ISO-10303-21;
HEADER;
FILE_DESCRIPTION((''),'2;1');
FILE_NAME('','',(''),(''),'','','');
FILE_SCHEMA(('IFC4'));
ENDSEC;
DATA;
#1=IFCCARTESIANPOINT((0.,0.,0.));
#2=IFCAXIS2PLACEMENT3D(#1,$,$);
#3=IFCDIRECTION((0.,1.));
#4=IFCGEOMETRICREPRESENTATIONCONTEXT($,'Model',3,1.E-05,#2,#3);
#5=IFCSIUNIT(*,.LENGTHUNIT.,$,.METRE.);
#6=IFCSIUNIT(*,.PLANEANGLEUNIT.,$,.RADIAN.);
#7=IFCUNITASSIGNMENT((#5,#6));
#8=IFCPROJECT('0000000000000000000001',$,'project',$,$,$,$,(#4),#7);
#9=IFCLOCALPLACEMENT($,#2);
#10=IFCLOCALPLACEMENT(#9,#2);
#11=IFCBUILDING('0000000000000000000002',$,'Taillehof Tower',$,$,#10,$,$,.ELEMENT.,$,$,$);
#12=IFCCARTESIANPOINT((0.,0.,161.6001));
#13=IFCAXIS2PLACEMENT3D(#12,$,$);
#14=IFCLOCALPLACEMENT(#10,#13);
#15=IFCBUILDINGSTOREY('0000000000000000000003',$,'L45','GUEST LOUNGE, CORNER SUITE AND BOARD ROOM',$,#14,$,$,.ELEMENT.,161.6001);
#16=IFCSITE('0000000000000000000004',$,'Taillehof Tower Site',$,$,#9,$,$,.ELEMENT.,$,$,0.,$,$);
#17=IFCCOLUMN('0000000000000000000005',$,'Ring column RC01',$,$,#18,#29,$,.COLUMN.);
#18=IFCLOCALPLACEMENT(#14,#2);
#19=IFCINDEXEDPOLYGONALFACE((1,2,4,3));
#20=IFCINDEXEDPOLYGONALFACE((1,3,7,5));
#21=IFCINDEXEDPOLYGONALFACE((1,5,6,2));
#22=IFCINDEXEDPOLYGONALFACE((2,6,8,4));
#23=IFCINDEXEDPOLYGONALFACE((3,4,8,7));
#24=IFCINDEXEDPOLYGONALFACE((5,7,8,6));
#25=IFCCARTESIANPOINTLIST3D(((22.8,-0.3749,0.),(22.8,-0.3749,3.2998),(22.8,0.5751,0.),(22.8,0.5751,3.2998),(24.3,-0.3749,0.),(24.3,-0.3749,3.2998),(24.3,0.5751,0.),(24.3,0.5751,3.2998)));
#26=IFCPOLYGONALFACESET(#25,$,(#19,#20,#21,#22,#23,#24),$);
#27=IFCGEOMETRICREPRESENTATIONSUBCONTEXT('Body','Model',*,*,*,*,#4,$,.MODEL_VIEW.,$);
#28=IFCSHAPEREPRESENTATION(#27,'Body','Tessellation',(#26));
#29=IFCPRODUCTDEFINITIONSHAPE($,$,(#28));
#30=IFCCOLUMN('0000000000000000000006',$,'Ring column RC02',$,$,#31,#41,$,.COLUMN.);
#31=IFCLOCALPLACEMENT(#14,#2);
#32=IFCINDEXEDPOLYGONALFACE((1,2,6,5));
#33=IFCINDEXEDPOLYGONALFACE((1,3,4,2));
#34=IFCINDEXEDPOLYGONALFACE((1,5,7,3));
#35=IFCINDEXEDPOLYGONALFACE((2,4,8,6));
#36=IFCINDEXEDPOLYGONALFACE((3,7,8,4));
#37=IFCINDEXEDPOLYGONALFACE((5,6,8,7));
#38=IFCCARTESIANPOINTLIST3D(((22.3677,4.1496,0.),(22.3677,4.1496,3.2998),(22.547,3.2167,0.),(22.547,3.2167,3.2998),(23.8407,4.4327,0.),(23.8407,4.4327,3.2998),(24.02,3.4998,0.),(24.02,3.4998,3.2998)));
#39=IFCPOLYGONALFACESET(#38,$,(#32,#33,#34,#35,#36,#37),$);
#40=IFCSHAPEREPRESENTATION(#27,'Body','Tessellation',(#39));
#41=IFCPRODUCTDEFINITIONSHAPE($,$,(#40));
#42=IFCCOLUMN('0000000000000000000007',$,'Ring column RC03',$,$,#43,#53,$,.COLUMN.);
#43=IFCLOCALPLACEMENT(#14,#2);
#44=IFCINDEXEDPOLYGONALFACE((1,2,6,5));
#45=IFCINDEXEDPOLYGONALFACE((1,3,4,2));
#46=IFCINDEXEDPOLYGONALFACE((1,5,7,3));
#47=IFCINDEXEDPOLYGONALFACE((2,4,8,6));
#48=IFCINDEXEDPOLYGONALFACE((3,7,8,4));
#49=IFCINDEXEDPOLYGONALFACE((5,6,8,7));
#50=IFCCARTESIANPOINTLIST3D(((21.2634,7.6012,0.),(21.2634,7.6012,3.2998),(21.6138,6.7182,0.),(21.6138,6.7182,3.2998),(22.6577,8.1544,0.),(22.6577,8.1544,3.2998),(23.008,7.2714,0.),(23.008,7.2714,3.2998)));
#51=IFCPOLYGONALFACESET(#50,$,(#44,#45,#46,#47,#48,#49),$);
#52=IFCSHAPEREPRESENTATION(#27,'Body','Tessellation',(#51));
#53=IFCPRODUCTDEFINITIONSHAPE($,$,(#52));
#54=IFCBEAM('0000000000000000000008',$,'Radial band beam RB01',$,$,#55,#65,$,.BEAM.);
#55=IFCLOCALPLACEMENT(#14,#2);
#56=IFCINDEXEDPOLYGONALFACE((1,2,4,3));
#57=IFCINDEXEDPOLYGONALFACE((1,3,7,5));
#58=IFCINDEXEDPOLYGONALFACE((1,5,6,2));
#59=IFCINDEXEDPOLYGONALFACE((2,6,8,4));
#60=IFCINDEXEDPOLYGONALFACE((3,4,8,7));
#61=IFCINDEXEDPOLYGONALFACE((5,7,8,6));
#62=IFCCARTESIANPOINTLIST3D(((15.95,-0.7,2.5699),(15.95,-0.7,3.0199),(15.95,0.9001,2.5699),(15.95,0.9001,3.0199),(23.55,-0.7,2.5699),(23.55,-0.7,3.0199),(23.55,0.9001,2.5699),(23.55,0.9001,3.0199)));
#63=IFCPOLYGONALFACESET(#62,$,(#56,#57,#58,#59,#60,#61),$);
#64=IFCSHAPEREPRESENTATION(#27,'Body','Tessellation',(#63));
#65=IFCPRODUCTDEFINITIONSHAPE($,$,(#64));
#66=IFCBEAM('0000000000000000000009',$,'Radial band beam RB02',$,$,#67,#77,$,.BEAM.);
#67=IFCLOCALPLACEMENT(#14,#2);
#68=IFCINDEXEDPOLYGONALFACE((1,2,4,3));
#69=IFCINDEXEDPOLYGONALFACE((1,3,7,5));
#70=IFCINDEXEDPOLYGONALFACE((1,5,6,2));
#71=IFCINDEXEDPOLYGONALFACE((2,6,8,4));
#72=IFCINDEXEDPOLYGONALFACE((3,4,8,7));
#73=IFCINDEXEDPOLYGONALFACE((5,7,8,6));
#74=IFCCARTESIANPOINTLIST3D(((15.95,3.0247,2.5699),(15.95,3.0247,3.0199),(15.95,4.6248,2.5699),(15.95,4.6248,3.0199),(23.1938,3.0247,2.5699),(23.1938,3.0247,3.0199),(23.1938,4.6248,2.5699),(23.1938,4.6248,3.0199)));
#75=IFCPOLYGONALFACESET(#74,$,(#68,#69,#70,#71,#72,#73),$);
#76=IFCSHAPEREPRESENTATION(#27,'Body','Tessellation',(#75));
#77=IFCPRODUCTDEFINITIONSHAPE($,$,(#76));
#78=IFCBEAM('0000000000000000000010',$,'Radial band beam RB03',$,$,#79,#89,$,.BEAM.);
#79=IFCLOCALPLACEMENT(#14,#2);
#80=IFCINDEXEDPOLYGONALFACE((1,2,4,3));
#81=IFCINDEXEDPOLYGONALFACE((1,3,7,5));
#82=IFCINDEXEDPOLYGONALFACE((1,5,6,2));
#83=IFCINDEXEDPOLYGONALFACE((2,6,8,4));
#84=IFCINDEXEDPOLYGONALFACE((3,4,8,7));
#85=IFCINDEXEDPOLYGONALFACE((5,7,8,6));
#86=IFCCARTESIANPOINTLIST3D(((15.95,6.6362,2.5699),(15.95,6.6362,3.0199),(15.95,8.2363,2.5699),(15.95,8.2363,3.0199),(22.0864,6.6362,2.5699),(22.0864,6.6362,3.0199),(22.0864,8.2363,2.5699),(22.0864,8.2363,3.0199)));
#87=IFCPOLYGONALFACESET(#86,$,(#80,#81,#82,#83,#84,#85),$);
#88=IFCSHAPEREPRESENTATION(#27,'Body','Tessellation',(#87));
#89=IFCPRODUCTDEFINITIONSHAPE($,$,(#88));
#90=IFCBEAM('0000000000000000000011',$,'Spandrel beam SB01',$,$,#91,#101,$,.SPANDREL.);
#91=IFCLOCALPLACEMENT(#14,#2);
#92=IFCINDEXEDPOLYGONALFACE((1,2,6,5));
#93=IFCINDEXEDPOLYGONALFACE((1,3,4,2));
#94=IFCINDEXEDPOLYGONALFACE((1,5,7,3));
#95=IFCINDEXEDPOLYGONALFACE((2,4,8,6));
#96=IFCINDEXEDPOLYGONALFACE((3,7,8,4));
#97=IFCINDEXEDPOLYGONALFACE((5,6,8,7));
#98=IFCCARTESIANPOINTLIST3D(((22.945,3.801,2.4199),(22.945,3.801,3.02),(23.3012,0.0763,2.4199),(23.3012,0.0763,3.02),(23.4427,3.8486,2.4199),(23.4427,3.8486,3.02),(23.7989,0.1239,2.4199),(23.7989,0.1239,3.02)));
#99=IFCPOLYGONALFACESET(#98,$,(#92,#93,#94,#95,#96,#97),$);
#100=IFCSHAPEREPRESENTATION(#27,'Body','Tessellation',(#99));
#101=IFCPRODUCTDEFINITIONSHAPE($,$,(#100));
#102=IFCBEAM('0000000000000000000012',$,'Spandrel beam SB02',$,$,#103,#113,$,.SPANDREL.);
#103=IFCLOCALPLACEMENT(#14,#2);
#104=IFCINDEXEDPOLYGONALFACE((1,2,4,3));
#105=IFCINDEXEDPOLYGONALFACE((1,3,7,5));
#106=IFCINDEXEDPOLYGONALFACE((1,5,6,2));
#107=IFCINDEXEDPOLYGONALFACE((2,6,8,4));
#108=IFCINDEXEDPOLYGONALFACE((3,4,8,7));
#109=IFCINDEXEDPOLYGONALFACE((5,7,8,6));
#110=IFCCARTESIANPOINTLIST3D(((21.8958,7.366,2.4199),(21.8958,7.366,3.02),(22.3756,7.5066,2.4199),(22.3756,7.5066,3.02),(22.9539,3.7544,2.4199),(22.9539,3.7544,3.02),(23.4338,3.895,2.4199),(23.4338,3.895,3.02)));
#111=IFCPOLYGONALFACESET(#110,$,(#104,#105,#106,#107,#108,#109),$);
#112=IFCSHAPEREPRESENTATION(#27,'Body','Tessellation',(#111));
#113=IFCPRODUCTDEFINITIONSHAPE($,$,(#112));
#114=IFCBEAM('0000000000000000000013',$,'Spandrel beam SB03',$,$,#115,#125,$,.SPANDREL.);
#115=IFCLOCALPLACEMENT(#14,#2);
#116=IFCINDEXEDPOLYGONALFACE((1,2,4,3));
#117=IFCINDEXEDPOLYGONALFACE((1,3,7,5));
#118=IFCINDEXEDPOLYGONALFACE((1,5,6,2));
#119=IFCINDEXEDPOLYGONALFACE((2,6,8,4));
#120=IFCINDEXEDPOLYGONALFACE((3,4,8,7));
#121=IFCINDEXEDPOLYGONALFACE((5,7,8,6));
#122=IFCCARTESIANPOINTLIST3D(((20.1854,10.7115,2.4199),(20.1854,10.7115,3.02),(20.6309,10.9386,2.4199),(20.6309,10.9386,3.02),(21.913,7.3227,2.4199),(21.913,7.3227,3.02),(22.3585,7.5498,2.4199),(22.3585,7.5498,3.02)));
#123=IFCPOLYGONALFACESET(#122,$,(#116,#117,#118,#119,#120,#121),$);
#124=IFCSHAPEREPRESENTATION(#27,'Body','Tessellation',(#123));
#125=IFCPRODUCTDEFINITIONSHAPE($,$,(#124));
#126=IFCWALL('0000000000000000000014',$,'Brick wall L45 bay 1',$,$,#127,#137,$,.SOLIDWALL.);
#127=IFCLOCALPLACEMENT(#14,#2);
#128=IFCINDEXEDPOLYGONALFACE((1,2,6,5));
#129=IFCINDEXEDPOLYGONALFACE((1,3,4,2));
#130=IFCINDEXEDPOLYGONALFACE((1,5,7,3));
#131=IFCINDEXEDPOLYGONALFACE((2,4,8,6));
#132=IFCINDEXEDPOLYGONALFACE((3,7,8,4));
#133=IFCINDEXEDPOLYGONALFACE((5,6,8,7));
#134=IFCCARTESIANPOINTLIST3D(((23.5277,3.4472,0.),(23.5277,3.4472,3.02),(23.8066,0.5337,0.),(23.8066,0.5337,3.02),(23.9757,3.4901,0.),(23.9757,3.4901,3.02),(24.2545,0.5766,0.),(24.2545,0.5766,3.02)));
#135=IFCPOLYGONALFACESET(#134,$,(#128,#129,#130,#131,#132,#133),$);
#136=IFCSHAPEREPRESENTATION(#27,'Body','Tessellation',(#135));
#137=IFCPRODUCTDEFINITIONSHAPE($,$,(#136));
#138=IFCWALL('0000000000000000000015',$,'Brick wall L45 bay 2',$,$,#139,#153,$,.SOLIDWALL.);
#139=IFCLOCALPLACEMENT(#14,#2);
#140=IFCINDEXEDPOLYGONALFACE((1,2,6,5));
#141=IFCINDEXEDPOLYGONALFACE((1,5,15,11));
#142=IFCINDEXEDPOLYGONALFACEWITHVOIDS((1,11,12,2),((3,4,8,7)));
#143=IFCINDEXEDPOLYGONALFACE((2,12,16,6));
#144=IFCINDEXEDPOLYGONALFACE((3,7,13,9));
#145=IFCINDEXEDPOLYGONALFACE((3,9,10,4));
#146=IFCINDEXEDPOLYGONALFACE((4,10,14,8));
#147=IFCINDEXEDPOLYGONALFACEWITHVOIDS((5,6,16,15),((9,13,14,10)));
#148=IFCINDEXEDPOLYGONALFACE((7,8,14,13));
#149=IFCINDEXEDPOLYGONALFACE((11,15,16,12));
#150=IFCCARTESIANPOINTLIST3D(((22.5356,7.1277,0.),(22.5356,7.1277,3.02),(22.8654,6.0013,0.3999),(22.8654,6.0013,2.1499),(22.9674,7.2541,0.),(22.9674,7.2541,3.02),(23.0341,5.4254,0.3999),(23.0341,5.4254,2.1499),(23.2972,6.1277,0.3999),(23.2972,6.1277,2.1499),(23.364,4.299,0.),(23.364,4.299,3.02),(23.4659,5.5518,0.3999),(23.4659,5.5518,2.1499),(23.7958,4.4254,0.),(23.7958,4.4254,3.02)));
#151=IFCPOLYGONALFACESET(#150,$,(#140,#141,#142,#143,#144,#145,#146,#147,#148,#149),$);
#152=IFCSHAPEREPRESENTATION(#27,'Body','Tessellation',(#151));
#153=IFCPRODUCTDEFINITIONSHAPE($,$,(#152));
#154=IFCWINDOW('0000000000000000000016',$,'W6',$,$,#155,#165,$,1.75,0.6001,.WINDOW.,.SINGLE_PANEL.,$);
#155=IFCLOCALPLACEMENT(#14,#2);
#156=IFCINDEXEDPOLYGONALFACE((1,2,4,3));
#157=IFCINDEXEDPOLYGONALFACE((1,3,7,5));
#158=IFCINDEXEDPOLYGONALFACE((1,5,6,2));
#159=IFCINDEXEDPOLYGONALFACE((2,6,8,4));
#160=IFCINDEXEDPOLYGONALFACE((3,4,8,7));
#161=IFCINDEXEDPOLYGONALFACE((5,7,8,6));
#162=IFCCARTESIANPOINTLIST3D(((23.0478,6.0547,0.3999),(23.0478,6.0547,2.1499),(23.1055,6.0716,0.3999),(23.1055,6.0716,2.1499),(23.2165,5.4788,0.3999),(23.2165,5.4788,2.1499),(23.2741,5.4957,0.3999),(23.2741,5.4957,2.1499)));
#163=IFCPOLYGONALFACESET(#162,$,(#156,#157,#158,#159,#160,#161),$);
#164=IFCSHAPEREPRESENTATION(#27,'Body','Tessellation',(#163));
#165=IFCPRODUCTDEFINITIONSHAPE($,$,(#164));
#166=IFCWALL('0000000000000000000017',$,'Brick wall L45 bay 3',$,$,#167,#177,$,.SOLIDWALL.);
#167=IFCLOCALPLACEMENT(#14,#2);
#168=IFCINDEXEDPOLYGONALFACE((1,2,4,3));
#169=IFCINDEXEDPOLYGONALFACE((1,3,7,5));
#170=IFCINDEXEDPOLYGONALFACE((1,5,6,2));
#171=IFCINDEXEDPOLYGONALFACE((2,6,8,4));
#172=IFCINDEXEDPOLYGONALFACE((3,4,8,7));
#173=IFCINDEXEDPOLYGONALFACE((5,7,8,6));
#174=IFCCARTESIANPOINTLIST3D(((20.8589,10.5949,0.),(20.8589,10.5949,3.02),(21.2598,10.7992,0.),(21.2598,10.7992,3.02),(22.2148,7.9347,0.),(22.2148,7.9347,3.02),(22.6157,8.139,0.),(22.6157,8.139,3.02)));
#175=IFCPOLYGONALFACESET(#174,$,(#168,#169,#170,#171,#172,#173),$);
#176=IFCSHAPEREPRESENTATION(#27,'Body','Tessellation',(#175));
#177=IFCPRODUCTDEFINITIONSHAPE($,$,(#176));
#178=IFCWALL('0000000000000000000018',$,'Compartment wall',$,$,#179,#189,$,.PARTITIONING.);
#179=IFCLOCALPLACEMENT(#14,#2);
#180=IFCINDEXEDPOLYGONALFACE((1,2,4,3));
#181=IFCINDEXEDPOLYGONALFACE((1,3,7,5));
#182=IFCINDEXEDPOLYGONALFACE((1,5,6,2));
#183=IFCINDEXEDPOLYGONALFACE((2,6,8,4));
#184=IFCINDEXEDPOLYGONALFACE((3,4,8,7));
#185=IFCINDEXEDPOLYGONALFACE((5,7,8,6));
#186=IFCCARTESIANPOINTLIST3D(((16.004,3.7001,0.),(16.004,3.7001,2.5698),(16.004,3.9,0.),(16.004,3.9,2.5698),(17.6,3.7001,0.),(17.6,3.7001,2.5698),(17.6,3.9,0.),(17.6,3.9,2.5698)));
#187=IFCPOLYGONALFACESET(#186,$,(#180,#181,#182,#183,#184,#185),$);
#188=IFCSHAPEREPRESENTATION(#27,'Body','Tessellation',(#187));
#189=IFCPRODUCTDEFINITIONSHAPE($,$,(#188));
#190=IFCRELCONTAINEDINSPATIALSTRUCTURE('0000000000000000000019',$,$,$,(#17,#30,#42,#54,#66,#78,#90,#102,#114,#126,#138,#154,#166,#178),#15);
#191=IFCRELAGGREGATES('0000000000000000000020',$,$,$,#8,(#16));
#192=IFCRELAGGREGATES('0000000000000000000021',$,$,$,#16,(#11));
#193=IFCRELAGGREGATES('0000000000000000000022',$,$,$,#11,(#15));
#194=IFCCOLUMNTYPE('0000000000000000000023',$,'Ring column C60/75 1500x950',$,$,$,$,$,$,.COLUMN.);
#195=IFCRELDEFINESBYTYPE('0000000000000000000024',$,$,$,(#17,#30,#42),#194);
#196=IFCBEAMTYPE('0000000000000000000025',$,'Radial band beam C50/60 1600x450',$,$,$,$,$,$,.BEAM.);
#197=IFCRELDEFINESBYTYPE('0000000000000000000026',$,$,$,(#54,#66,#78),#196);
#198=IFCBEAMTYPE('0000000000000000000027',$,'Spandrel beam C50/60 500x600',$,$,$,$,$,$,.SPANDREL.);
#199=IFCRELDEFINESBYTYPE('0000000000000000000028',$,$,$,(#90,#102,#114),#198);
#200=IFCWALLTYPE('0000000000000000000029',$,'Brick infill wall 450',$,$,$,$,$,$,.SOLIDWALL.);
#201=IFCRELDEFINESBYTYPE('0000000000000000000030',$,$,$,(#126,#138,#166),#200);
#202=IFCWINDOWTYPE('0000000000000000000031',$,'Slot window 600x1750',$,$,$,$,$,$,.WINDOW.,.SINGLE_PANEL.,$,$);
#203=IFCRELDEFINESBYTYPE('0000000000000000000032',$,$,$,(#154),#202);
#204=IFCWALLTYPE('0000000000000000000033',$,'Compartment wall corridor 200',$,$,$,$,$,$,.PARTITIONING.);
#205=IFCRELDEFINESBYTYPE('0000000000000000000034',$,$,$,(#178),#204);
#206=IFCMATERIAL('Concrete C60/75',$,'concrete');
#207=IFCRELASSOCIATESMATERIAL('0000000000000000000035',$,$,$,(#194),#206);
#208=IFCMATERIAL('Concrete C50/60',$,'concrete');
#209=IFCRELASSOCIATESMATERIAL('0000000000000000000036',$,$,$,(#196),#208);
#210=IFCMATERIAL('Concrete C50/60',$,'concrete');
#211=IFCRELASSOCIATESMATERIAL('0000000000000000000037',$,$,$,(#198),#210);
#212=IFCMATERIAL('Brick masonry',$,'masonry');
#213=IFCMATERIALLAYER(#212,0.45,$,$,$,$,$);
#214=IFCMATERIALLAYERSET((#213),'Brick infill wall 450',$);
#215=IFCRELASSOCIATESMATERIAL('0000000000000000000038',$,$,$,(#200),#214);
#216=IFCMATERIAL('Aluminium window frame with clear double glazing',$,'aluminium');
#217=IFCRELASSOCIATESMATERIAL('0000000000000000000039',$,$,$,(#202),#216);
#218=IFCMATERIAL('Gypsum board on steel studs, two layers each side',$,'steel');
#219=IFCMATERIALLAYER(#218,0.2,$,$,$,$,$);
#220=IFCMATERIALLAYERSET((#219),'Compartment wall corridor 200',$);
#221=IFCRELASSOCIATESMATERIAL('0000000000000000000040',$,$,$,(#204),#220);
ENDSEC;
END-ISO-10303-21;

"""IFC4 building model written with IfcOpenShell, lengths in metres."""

from ifc_helpers import new_model, si_unit, direction, frame, frame_2d, origin, origin_2d, place, context, subcontext, project, spatial, rectangle, extrude, material, layer, layer_set, material_profile, profile_set, type_object, element, fill, save


model = new_model("IFC4")

# Units and contexts
model_context = context("Model", 3, precision=1e-05, world=origin(), true_north=direction((0.0, 1.0)))
body_context = subcontext(model_context, "Body", "Model", "MODEL_VIEW")
ifc_project = project(units=[si_unit("LENGTHUNIT", "METRE"), si_unit("PLANEANGLEUNIT", "RADIAN")], contexts=[model_context])

# Site, building, storey
site_placement = place(None, origin())
site = spatial("IfcSite", under=ifc_project, at=site_placement, Name="Taillehof Tower Site", CompositionType="ELEMENT", RefElevation=0.0)
building_placement = place(site_placement, origin())
building = spatial("IfcBuilding", under=site, at=building_placement, Name="Taillehof Tower", CompositionType="ELEMENT")
storey_placement = place(building_placement, frame((0.0, 0.0, 161.6001)))
storey = spatial("IfcBuildingStorey", under=building, at=storey_placement, Name="L45", Description="GUEST LOUNGE, CORNER SUITE AND BOARD ROOM", CompositionType="ELEMENT", Elevation=161.6001)

# Columns
ifc_material_1 = material(Name="Concrete C60/75", Category="concrete")
ifc_material_profile_1 = material_profile(ifc_material_1, rectangle(XDim=1.5, YDim=0.95, at=origin_2d()), Name="RC 1500x950")
ifc_profile_set_1 = profile_set([ifc_material_profile_1], Name="Concrete C60/75")
column_type = type_object("IfcColumnType", Name="Ring column C60/75 1500x950", PredefinedType="COLUMN", material=ifc_profile_set_1)
for number, where, z_axis, x_axis, name in (
    (1, (23.55, 0.1001, 0.0), (0.0, 0.0, 1.0), (1.0, 0.0, 0.0), "Ring column RC01"),
    (2, (23.1938, 3.8247, 0.0), (0.0, 0.0, 1.0), (0.982024, 0.188757, 0.0), "Ring column RC02"),
    (3, (22.1357, 7.4363, 0.0), (0.0, 0.0, 1.0), (0.929511, 0.368793, 0.0), "Ring column RC03"),
):
    element("IfcColumn", number, at=place(storey_placement, frame(where, z_axis=z_axis, x_axis=x_axis)), inside=storey, type_object=column_type, Name=name, PredefinedType="COLUMN", context=body_context, shape_type="SweptSolid", body=[
        extrude(rectangle(XDim=1.5, YDim=0.95, at=origin_2d()), origin(), (0.0, 0.0, 1.0), 3.2998),
    ])

# Beams
ifc_material_2 = material(Name="Concrete C50/60", Category="concrete")
ifc_material_profile_2 = material_profile(ifc_material_2, rectangle(XDim=1.6001, YDim=0.45, at=origin_2d()), Name="RC 1600x450")
ifc_profile_set_2 = profile_set([ifc_material_profile_2], Name="Concrete C50/60")
beam_type_1 = type_object("IfcBeamType", Name="Radial band beam C50/60 1600x450", PredefinedType="BEAM", material=ifc_profile_set_2)
beam_1_placement = place(storey_placement, frame((23.55, 0.1001, 2.7949), z_axis=(-1.0, 0.0, 0.0), x_axis=(0.0, -1.0, 0.0)))
element("IfcBeam", 4, at=beam_1_placement, inside=storey, type_object=beam_type_1, Name="Radial band beam RB01", PredefinedType="BEAM", context=body_context, shape_type="SweptSolid", body=[
    extrude(rectangle(XDim=1.6001, YDim=0.45, at=origin_2d()), origin(), (0.0, 0.0, 1.0), 7.6001),
])
beam_2_placement = place(storey_placement, frame((23.1938, 3.8247, 2.7949), z_axis=(-1.0, 0.0, 0.0), x_axis=(0.0, -1.0, 0.0)))
element("IfcBeam", 5, at=beam_2_placement, inside=storey, type_object=beam_type_1, Name="Radial band beam RB02", PredefinedType="BEAM", context=body_context, shape_type="SweptSolid", body=[
    extrude(rectangle(XDim=1.6001, YDim=0.45, at=origin_2d()), origin(), (0.0, 0.0, 1.0), 7.2439),
])
beam_3_placement = place(storey_placement, frame((22.0864, 7.4363, 2.7949), z_axis=(-1.0, 0.0, 0.0), x_axis=(0.0, -1.0, 0.0)))
element("IfcBeam", 6, at=beam_3_placement, inside=storey, type_object=beam_type_1, Name="Radial band beam RB03", PredefinedType="BEAM", context=body_context, shape_type="SweptSolid", body=[
    extrude(rectangle(XDim=1.6001, YDim=0.45, at=origin_2d()), origin(), (0.0, 0.0, 1.0), 6.1365),
])
ifc_material_3 = material(Name="Concrete C50/60", Category="concrete")
ifc_material_profile_3 = material_profile(ifc_material_3, rectangle(XDim=0.5, YDim=0.6001, at=origin_2d()), Name="RC 500x600")
ifc_profile_set_3 = profile_set([ifc_material_profile_3], Name="Concrete C50/60")
beam_type_2 = type_object("IfcBeamType", Name="Spandrel beam C50/60 500x600", PredefinedType="SPANDREL", material=ifc_profile_set_3)
beam_4_placement = place(storey_placement, frame((23.55, 0.1001, 2.72), z_axis=(-0.0952, 0.995458, 0.0), x_axis=(-0.995458, -0.0952, 0.0)))
element("IfcBeam", 7, at=beam_4_placement, inside=storey, type_object=beam_type_2, Name="Spandrel beam SB01", PredefinedType="SPANDREL", context=body_context, shape_type="SweptSolid", body=[
    extrude(rectangle(XDim=0.5, YDim=0.6001, at=origin_2d()), origin(), (0.0, 0.0, 1.0), 3.7417),
])
beam_5_placement = place(storey_placement, frame((23.1938, 3.8247, 2.72), z_axis=(-0.281158, 0.959661, 0.0), x_axis=(-0.959661, -0.281158, 0.0)))
element("IfcBeam", 8, at=beam_5_placement, inside=storey, type_object=beam_type_2, Name="Spandrel beam SB02", PredefinedType="SPANDREL", context=body_context, shape_type="SweptSolid", body=[
    extrude(rectangle(XDim=0.5, YDim=0.6001, at=origin_2d()), origin(), (0.0, 0.0, 1.0), 3.7634),
])
beam_6_placement = place(storey_placement, frame((22.1357, 7.4363, 2.72), z_axis=(-0.454183, 0.890908, 0.0), x_axis=(-0.890908, -0.454183, 0.0)))
element("IfcBeam", 9, at=beam_6_placement, inside=storey, type_object=beam_type_2, Name="Spandrel beam SB03", PredefinedType="SPANDREL", context=body_context, shape_type="SweptSolid", body=[
    extrude(rectangle(XDim=0.5, YDim=0.6001, at=origin_2d()), origin(), (0.0, 0.0, 1.0), 3.8037),
])

# Wall
ifc_material_4 = material(Name="Brick masonry", Category="masonry")
ifc_layer_1 = layer(ifc_material_4, 0.45)
ifc_layer_set_1 = layer_set([ifc_layer_1], Name="Brick infill wall 450")
wall_type_1 = type_object("IfcWallType", Name="Brick infill wall 450", PredefinedType="SOLIDWALL", material=ifc_layer_set_1)
wall_1_placement = place(storey_placement, frame((24.0305, 0.5552, 0.0), z_axis=(0.0, 0.0, 1.0), x_axis=(-0.095266, 0.995452, 0.0)))
element("IfcWall", 10, at=wall_1_placement, inside=storey, type_object=wall_type_1, Name="Brick wall L45 bay 1", PredefinedType="SOLIDWALL", context=body_context, shape_type="SweptSolid", body=[
    extrude(rectangle(XDim=2.9268, YDim=0.45, at=frame_2d((1.4634, 0.0))), origin(), (0.0, 0.0, 1.0), 3.02),
])

# Wall, opening, window
wall_2_placement = place(storey_placement, frame((23.5798, 4.3623, 0.0), z_axis=(0.0, 0.0, 1.0), x_axis=(-0.281049, 0.959693, 0.0)))
wall_2 = element("IfcWall", 11, at=wall_2_placement, inside=storey, type_object=wall_type_1, Name="Brick wall L45 bay 2", PredefinedType="SOLIDWALL", context=body_context, shape_type="SweptSolid", body=[
    extrude(rectangle(XDim=2.9475, YDim=0.45, at=frame_2d((1.4736, 0.0))), origin(), (0.0, 0.0, 1.0), 3.02),
])
opening_placement = place(wall_2_placement, frame((1.1736, 0.0, 0.3999)))
opening = element("IfcOpeningElement", 12, at=opening_placement, cuts=wall_2, PredefinedType="OPENING", context=body_context, shape_type="SweptSolid", body=[
    extrude(rectangle(XDim=0.6001, YDim=1.75, at=frame_2d((0.3, 0.875))), frame((0.0, 0.2349, 0.0), z_axis=(0.0, -1.0, 0.0), x_axis=(1.0, 0.0, 0.0)), (0.0, 0.0, 1.0), 0.47),
])
ifc_material_5 = material(Name="Aluminium window frame with clear double glazing", Category="aluminium")
window_type = type_object("IfcWindowType", Name="Slot window 600x1750", PartitioningType="SINGLE_PANEL", PredefinedType="WINDOW", material=ifc_material_5)
window_placement = place(opening_placement, origin())
window = element("IfcWindow", 13, at=window_placement, inside=storey, type_object=window_type, Name="W6", OverallHeight=1.75, OverallWidth=0.6001, PartitioningType="SINGLE_PANEL", PredefinedType="WINDOW", context=body_context, shape_type="SweptSolid", body=[
    extrude(rectangle(XDim=0.6001, YDim=1.75, at=frame_2d((0.3, 0.875))), frame((0.0, 0.0349, 0.0), z_axis=(0.0, -1.0, 0.0), x_axis=(1.0, 0.0, 0.0)), (0.0, 0.0, 1.0), 0.0601),
])
fill(opening, window)

# Walls
wall_3_placement = place(storey_placement, frame((22.4153, 8.0369, 0.0), z_axis=(0.0, 0.0, 1.0), x_axis=(-0.454134, 0.890933, 0.0)))
element("IfcWall", 14, at=wall_3_placement, inside=storey, type_object=wall_type_1, Name="Brick wall L45 bay 3", PredefinedType="SOLIDWALL", context=body_context, shape_type="SweptSolid", body=[
    extrude(rectangle(XDim=2.9858, YDim=0.45, at=frame_2d((1.4929, 0.0))), origin(), (0.0, 0.0, 1.0), 3.02),
])
ifc_material_6 = material(Name="Gypsum board on steel studs, two layers each side", Category="steel")
ifc_layer_2 = layer(ifc_material_6, 0.2)
ifc_layer_set_2 = layer_set([ifc_layer_2], Name="Compartment wall corridor 200")
wall_type_2 = type_object("IfcWallType", Name="Compartment wall corridor 200", PredefinedType="PARTITIONING", material=ifc_layer_set_2)
wall_4_placement = place(storey_placement, frame((17.5999, 3.8, 0.0), z_axis=(0.0, 0.0, 1.0), x_axis=(-1.0, 0.0, 0.0)))
element("IfcWall", 15, at=wall_4_placement, inside=storey, type_object=wall_type_2, Name="Compartment wall", PredefinedType="PARTITIONING", context=body_context, shape_type="SweptSolid", body=[
    extrude(rectangle(XDim=1.5959, YDim=0.2, at=frame_2d((0.7979, 0.0))), origin(), (0.0, 0.0, 1.0), 2.5698),
])

save(model, "model.ifc")
